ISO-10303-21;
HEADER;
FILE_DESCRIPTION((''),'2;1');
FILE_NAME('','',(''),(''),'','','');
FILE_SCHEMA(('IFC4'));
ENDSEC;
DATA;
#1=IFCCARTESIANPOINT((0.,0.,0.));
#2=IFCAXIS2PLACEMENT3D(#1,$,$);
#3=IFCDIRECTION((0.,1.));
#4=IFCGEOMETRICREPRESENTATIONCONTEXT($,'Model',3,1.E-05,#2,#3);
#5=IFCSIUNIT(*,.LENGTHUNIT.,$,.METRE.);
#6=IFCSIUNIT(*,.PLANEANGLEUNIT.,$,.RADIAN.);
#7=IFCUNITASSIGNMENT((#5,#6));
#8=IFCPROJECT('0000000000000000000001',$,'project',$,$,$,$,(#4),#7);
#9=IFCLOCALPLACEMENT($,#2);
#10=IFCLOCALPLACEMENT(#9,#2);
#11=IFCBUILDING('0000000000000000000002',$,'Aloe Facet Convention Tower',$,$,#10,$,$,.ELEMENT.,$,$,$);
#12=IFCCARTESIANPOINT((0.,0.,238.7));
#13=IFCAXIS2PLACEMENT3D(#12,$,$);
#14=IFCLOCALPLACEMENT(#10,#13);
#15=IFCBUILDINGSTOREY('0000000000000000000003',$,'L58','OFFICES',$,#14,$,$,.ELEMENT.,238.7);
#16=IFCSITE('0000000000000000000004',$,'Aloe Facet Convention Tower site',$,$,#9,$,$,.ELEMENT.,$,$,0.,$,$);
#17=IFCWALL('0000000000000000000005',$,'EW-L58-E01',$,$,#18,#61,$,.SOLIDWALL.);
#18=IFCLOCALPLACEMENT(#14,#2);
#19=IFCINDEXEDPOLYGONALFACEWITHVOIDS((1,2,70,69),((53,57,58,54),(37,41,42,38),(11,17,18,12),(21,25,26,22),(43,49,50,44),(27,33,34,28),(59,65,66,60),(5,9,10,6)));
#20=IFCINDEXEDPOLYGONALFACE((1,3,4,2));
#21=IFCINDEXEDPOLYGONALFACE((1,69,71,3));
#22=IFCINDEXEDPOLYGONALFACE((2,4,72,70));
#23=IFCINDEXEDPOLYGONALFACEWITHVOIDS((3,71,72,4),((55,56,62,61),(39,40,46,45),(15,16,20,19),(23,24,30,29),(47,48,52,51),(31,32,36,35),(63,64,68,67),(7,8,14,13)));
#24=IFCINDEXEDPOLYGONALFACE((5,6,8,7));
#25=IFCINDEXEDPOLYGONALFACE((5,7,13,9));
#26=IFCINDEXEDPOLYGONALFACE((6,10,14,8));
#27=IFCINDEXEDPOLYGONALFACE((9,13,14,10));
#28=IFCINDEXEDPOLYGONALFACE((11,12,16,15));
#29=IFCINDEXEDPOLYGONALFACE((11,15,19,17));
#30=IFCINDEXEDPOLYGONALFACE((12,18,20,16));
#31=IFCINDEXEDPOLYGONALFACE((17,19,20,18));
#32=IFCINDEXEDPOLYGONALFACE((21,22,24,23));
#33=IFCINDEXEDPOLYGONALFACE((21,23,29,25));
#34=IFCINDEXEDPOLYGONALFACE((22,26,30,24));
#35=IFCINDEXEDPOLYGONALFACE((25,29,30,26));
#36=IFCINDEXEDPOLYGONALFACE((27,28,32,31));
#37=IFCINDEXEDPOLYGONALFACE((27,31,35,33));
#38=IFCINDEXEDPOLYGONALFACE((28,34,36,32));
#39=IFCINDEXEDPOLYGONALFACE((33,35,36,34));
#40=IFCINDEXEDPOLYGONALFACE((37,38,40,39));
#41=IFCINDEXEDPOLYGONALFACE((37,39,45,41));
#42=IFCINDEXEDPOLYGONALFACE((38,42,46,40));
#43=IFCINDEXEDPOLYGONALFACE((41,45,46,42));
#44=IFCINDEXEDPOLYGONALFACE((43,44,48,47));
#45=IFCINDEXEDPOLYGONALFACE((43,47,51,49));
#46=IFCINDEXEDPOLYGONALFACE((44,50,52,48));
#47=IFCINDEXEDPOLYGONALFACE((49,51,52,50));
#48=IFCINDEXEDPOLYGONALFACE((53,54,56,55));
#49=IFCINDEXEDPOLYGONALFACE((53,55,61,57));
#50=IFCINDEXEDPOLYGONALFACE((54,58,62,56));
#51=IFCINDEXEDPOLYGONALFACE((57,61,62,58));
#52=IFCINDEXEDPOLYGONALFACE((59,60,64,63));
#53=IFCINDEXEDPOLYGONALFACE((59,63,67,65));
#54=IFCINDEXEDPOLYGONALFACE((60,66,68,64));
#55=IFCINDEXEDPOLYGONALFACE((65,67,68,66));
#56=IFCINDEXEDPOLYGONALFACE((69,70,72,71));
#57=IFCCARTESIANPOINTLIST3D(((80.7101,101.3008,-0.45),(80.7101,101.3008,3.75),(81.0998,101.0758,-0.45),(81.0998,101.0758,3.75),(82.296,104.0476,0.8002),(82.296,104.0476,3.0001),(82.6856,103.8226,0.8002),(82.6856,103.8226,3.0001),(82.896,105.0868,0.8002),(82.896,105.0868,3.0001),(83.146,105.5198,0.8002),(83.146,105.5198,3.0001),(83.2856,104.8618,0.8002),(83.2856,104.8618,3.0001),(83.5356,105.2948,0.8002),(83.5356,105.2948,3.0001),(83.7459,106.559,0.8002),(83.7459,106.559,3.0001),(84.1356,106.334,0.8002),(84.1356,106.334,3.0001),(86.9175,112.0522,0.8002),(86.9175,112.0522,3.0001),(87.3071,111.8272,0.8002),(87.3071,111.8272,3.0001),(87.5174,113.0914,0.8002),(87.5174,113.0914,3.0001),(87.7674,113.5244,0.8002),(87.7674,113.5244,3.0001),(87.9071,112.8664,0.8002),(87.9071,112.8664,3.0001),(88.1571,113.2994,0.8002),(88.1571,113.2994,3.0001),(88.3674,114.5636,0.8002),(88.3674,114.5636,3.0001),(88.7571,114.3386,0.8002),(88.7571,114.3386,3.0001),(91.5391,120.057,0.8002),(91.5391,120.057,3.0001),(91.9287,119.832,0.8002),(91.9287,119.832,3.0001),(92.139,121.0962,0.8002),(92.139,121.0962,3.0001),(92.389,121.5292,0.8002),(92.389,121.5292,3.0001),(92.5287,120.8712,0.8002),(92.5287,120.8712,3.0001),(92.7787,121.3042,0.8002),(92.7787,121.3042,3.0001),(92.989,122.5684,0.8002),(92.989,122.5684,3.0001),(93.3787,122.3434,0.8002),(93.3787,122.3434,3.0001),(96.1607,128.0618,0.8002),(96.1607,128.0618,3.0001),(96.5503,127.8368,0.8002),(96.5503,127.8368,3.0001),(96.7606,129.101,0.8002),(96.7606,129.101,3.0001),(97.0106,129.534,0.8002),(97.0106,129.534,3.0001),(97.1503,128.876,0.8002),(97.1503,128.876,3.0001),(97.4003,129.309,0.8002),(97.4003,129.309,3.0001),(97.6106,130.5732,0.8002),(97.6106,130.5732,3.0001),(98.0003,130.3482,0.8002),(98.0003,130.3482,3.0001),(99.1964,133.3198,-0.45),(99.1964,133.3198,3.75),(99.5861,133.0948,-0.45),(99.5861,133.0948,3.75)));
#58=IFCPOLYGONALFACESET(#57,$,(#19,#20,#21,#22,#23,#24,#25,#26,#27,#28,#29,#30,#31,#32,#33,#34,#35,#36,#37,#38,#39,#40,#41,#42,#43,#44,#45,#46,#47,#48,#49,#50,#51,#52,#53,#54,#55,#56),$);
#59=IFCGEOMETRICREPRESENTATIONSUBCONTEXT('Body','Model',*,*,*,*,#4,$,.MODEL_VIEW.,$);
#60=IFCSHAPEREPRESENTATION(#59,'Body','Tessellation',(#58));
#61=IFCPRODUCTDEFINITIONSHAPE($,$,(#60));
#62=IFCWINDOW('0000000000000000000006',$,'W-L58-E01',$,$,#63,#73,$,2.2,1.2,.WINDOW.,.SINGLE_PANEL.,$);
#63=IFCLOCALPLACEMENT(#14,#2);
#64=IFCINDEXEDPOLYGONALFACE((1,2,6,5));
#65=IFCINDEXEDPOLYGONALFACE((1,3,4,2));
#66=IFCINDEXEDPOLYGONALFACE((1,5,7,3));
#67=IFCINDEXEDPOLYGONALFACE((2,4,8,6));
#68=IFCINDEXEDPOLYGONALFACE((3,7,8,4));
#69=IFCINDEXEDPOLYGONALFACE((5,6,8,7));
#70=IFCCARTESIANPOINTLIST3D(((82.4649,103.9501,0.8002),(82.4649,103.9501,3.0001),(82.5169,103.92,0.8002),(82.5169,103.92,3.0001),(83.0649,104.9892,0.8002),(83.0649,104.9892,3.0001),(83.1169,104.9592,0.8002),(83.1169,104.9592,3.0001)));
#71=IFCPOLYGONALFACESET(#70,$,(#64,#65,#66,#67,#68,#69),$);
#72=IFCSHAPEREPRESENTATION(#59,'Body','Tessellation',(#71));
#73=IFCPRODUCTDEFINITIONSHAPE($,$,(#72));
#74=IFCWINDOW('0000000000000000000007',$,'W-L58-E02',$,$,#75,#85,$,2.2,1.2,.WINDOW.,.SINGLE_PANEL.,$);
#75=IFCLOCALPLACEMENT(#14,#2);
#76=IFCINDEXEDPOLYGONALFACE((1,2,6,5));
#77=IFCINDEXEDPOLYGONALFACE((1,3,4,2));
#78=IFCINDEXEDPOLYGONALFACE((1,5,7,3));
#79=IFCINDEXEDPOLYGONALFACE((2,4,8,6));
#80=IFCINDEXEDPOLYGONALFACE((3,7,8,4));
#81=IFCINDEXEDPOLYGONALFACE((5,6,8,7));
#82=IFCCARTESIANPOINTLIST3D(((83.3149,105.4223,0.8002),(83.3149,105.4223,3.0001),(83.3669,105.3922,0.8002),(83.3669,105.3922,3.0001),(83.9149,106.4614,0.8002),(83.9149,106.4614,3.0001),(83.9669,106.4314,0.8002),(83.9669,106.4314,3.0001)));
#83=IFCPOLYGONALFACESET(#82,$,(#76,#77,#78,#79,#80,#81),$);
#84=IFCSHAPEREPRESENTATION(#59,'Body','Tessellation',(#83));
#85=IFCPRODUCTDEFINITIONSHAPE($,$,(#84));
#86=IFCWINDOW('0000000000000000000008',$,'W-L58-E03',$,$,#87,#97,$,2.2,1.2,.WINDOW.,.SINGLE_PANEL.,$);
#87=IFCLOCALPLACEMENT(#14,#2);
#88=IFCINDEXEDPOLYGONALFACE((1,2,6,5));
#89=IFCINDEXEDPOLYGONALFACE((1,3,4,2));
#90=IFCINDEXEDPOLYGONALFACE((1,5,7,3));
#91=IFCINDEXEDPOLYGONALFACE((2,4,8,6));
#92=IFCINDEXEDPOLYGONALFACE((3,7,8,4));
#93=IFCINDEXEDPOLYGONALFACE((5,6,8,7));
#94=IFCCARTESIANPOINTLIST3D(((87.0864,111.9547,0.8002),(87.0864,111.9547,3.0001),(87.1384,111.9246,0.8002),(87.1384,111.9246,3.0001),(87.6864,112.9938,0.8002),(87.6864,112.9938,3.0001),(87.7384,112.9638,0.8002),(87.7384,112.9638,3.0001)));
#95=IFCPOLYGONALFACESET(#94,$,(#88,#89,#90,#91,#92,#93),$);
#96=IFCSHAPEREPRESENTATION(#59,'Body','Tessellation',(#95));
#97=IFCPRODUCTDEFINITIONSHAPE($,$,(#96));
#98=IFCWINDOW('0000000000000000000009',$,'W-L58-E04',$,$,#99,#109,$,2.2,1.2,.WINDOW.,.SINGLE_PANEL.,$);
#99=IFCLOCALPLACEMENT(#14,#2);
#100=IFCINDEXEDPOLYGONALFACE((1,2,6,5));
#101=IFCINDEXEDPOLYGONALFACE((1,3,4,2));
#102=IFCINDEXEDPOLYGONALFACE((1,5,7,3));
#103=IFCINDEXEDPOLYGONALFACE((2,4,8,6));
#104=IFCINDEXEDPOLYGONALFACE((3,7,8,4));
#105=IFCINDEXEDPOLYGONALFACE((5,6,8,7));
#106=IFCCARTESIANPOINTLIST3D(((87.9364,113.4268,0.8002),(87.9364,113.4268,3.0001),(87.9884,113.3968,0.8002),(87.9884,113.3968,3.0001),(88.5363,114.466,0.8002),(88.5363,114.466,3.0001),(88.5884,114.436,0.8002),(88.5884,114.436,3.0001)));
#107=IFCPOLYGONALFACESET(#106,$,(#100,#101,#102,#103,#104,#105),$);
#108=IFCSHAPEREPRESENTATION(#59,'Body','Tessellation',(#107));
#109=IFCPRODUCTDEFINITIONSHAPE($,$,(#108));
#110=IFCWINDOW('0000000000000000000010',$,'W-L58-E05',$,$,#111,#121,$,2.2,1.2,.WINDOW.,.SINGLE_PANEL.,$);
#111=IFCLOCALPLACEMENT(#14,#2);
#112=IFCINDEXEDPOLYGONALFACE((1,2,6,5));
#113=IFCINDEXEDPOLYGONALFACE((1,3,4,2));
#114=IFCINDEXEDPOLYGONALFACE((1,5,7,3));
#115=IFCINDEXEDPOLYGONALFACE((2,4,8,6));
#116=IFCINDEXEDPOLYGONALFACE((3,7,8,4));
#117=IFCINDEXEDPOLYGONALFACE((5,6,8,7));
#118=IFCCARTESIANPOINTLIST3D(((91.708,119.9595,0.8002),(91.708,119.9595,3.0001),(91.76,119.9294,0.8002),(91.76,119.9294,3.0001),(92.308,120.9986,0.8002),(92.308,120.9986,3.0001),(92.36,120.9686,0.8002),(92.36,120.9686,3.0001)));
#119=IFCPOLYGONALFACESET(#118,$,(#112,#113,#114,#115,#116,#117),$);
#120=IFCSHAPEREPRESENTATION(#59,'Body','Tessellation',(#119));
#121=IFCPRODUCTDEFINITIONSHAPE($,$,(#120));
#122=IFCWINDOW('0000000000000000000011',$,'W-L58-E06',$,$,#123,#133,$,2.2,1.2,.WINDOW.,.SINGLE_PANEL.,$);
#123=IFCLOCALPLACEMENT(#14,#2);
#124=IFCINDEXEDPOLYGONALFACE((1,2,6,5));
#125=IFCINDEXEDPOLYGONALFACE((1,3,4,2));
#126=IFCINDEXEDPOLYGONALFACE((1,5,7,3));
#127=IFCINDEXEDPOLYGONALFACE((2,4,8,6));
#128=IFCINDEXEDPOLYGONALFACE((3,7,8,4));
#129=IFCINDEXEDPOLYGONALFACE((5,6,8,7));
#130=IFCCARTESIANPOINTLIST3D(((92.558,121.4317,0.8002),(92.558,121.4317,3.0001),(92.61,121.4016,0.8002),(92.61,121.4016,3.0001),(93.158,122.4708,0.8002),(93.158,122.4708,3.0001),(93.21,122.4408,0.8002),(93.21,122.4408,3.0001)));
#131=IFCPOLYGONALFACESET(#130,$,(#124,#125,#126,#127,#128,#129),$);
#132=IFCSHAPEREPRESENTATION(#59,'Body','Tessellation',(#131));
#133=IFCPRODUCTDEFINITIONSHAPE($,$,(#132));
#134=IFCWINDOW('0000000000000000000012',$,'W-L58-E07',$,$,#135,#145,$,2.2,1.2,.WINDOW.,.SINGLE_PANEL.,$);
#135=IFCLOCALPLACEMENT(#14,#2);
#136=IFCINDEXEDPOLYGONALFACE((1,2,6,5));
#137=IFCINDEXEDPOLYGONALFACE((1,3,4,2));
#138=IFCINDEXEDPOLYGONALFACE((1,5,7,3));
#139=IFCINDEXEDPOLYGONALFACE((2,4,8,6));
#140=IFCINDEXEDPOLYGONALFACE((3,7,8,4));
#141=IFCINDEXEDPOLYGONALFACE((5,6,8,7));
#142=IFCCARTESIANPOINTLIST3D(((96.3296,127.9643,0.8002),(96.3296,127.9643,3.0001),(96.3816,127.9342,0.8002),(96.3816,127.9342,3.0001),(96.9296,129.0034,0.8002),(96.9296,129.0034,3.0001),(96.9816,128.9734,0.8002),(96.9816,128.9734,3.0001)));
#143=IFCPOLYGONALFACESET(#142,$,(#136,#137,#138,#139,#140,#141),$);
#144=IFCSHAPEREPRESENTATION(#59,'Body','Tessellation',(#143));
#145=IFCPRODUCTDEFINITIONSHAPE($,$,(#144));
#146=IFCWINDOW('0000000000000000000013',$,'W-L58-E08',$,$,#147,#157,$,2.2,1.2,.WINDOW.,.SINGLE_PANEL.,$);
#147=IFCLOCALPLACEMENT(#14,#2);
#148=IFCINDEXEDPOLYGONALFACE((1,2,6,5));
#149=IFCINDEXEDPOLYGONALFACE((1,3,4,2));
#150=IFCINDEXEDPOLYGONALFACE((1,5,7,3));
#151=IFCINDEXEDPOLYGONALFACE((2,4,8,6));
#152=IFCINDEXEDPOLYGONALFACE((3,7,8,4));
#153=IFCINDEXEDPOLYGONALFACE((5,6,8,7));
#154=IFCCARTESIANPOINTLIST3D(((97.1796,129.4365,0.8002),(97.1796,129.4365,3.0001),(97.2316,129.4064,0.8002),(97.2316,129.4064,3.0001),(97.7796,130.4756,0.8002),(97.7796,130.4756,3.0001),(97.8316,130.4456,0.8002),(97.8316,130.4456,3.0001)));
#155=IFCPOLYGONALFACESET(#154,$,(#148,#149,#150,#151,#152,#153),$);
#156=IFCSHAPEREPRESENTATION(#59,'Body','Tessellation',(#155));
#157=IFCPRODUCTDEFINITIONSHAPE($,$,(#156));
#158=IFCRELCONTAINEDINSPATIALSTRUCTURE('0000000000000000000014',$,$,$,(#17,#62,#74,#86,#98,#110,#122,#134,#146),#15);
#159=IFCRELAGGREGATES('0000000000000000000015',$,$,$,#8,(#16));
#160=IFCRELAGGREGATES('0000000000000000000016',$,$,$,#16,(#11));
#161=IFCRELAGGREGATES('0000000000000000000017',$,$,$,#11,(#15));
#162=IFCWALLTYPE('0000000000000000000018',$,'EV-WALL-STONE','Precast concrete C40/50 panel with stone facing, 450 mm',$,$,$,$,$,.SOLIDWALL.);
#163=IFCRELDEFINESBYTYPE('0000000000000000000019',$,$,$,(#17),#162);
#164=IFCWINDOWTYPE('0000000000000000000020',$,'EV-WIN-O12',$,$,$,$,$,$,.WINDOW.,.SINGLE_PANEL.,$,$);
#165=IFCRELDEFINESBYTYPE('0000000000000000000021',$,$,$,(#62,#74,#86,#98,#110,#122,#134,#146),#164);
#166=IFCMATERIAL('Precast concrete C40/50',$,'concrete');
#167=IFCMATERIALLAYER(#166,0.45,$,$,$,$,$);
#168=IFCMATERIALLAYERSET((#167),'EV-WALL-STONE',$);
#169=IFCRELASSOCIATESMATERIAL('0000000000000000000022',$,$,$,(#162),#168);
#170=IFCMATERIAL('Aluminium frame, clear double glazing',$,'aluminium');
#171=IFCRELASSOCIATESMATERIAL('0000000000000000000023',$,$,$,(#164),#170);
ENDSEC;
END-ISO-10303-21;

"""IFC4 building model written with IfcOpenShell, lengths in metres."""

from ifc_helpers import new_model, si_unit, direction, frame, frame_2d, origin, place, context, subcontext, project, spatial, polyline, rectangle, outline, extrude, material, layer, layer_set, type_object, element, fill, save


model = new_model("IFC4")

# Units and contexts
model_context = context("Model", 3, precision=1e-05, world=origin(), true_north=direction((0.0, 1.0)))
body_context = subcontext(model_context, "Body", "Model", "MODEL_VIEW")
ifc_project = project(units=[si_unit("LENGTHUNIT", "METRE"), si_unit("PLANEANGLEUNIT", "RADIAN")], contexts=[model_context])

# Site, building, storey
site_placement = place(None, origin())
site = spatial("IfcSite", under=ifc_project, at=site_placement, Name="Aloe Facet Convention Tower site", CompositionType="ELEMENT", RefElevation=0.0)
building_placement = place(site_placement, origin())
building = spatial("IfcBuilding", under=site, at=building_placement, Name="Aloe Facet Convention Tower", CompositionType="ELEMENT")
storey_placement = place(building_placement, frame((0.0, 0.0, 238.7)))
storey = spatial("IfcBuildingStorey", under=building, at=storey_placement, Name="L58", Description="OFFICES", CompositionType="ELEMENT", Elevation=238.7)

# Wall, openings, windows
ifc_material_1 = material(Name="Precast concrete C40/50", Category="concrete")
ifc_layer_1 = layer(ifc_material_1, 0.45)
ifc_layer_set_1 = layer_set([ifc_layer_1], Name="EV-WALL-STONE")
wall_type_1 = type_object("IfcWallType", Name="EV-WALL-STONE", Description="Precast concrete C40/50 panel with stone facing, 450 mm", PredefinedType="SOLIDWALL", material=ifc_layer_set_1)
wall_1_placement = place(storey_placement, frame((80.905, 101.1882, -0.45), z_axis=(0.0, 0.0, 1.0), x_axis=(0.500003, 0.866024, 0.0)))
wall_1 = element("IfcWall", 1, at=wall_1_placement, inside=storey, type_object=wall_type_1, Name="EW-L58-E01", PredefinedType="SOLIDWALL", context=body_context, shape_type="SweptSolid", body=[
    extrude(outline(polyline([(36.9724, 0.0), (36.9724, 4.2), (0.0, 4.2), (0.0, 0.0), (36.9724, 0.0)])), frame((0.0, 0.2251, 0.0), z_axis=(0.0, -1.0, 0.0), x_axis=(1.0, 0.0, 0.0)), (0.0, 0.0, 1.0), 0.45),
])
opening_1_placement = place(wall_1_placement, frame((3.1716, 0.0, 1.25)))
opening_1 = element("IfcOpeningElement", 2, at=opening_1_placement, cuts=wall_1, PredefinedType="OPENING", context=body_context, shape_type="SweptSolid", body=[
    extrude(rectangle(XDim=1.2, YDim=2.2, at=frame_2d((0.6001, 1.1001))), frame((0.0, 0.2349, 0.0), z_axis=(0.0, -1.0, 0.0), x_axis=(1.0, 0.0, 0.0)), (0.0, 0.0, 1.0), 0.47),
])
opening_2_placement = place(wall_1_placement, frame((4.8716, 0.0, 1.25)))
opening_2 = element("IfcOpeningElement", 3, at=opening_2_placement, cuts=wall_1, PredefinedType="OPENING", context=body_context, shape_type="SweptSolid", body=[
    extrude(rectangle(XDim=1.2, YDim=2.2, at=frame_2d((0.6001, 1.1001))), frame((0.0, 0.2349, 0.0), z_axis=(0.0, -1.0, 0.0), x_axis=(1.0, 0.0, 0.0)), (0.0, 0.0, 1.0), 0.47),
])
opening_3_placement = place(wall_1_placement, frame((12.4146, 0.0, 1.25)))
opening_3 = element("IfcOpeningElement", 4, at=opening_3_placement, cuts=wall_1, PredefinedType="OPENING", context=body_context, shape_type="SweptSolid", body=[
    extrude(rectangle(XDim=1.2, YDim=2.2, at=frame_2d((0.6001, 1.1001))), frame((0.0, 0.2349, 0.0), z_axis=(0.0, -1.0, 0.0), x_axis=(1.0, 0.0, 0.0)), (0.0, 0.0, 1.0), 0.47),
])
opening_4_placement = place(wall_1_placement, frame((14.1145, 0.0, 1.25)))
opening_4 = element("IfcOpeningElement", 5, at=opening_4_placement, cuts=wall_1, PredefinedType="OPENING", context=body_context, shape_type="SweptSolid", body=[
    extrude(rectangle(XDim=1.2, YDim=2.2, at=frame_2d((0.6001, 1.1001))), frame((0.0, 0.2349, 0.0), z_axis=(0.0, -1.0, 0.0), x_axis=(1.0, 0.0, 0.0)), (0.0, 0.0, 1.0), 0.47),
])
opening_5_placement = place(wall_1_placement, frame((21.6577, 0.0, 1.25)))
opening_5 = element("IfcOpeningElement", 6, at=opening_5_placement, cuts=wall_1, PredefinedType="OPENING", context=body_context, shape_type="SweptSolid", body=[
    extrude(rectangle(XDim=1.2, YDim=2.2, at=frame_2d((0.6001, 1.1001))), frame((0.0, 0.2349, 0.0), z_axis=(0.0, -1.0, 0.0), x_axis=(1.0, 0.0, 0.0)), (0.0, 0.0, 1.0), 0.47),
])
opening_6_placement = place(wall_1_placement, frame((23.3577, 0.0, 1.25)))
opening_6 = element("IfcOpeningElement", 7, at=opening_6_placement, cuts=wall_1, PredefinedType="OPENING", context=body_context, shape_type="SweptSolid", body=[
    extrude(rectangle(XDim=1.2, YDim=2.2, at=frame_2d((0.6001, 1.1001))), frame((0.0, 0.2349, 0.0), z_axis=(0.0, -1.0, 0.0), x_axis=(1.0, 0.0, 0.0)), (0.0, 0.0, 1.0), 0.47),
])
opening_7_placement = place(wall_1_placement, frame((30.9009, 0.0, 1.25)))
opening_7 = element("IfcOpeningElement", 8, at=opening_7_placement, cuts=wall_1, PredefinedType="OPENING", context=body_context, shape_type="SweptSolid", body=[
    extrude(rectangle(XDim=1.2, YDim=2.2, at=frame_2d((0.6001, 1.1001))), frame((0.0, 0.2349, 0.0), z_axis=(0.0, -1.0, 0.0), x_axis=(1.0, 0.0, 0.0)), (0.0, 0.0, 1.0), 0.47),
])
opening_8_placement = place(wall_1_placement, frame((32.6008, 0.0, 1.25)))
opening_8 = element("IfcOpeningElement", 9, at=opening_8_placement, cuts=wall_1, PredefinedType="OPENING", context=body_context, shape_type="SweptSolid", body=[
    extrude(rectangle(XDim=1.2, YDim=2.2, at=frame_2d((0.6001, 1.1001))), frame((0.0, 0.2349, 0.0), z_axis=(0.0, -1.0, 0.0), x_axis=(1.0, 0.0, 0.0)), (0.0, 0.0, 1.0), 0.47),
])
ifc_material_2 = material(Name="Aluminium frame, clear double glazing", Category="aluminium")
window_type = type_object("IfcWindowType", Name="EV-WIN-O12", PartitioningType="SINGLE_PANEL", PredefinedType="WINDOW", material=ifc_material_2)
window_1_placement = place(opening_1_placement, origin())
window_1 = element("IfcWindow", 10, at=window_1_placement, inside=storey, type_object=window_type, Name="W-L58-E01", OverallHeight=2.2, OverallWidth=1.2, PartitioningType="SINGLE_PANEL", PredefinedType="WINDOW", context=body_context, shape_type="SweptSolid", body=[
    extrude(rectangle(XDim=1.2, YDim=2.2, at=frame_2d((0.6001, 1.1001))), frame((0.0, 0.03, 0.0), z_axis=(0.0, -1.0, 0.0), x_axis=(1.0, 0.0, 0.0)), (0.0, 0.0, 1.0), 0.0601),
])
fill(opening_1, window_1)
window_2_placement = place(opening_2_placement, origin())
window_2 = element("IfcWindow", 11, at=window_2_placement, inside=storey, type_object=window_type, Name="W-L58-E02", OverallHeight=2.2, OverallWidth=1.2, PartitioningType="SINGLE_PANEL", PredefinedType="WINDOW", context=body_context, shape_type="SweptSolid", body=[
    extrude(rectangle(XDim=1.2, YDim=2.2, at=frame_2d((0.6001, 1.1001))), frame((0.0, 0.03, 0.0), z_axis=(0.0, -1.0, 0.0), x_axis=(1.0, 0.0, 0.0)), (0.0, 0.0, 1.0), 0.0601),
])
fill(opening_2, window_2)
window_3_placement = place(opening_3_placement, origin())
window_3 = element("IfcWindow", 12, at=window_3_placement, inside=storey, type_object=window_type, Name="W-L58-E03", OverallHeight=2.2, OverallWidth=1.2, PartitioningType="SINGLE_PANEL", PredefinedType="WINDOW", context=body_context, shape_type="SweptSolid", body=[
    extrude(rectangle(XDim=1.2, YDim=2.2, at=frame_2d((0.6001, 1.1001))), frame((0.0, 0.03, 0.0), z_axis=(0.0, -1.0, 0.0), x_axis=(1.0, 0.0, 0.0)), (0.0, 0.0, 1.0), 0.0601),
])
fill(opening_3, window_3)
window_4_placement = place(opening_4_placement, origin())
window_4 = element("IfcWindow", 13, at=window_4_placement, inside=storey, type_object=window_type, Name="W-L58-E04", OverallHeight=2.2, OverallWidth=1.2, PartitioningType="SINGLE_PANEL", PredefinedType="WINDOW", context=body_context, shape_type="SweptSolid", body=[
    extrude(rectangle(XDim=1.2, YDim=2.2, at=frame_2d((0.6001, 1.1001))), frame((0.0, 0.03, 0.0), z_axis=(0.0, -1.0, 0.0), x_axis=(1.0, 0.0, 0.0)), (0.0, 0.0, 1.0), 0.0601),
])
fill(opening_4, window_4)
window_5_placement = place(opening_5_placement, origin())
window_5 = element("IfcWindow", 14, at=window_5_placement, inside=storey, type_object=window_type, Name="W-L58-E05", OverallHeight=2.2, OverallWidth=1.2, PartitioningType="SINGLE_PANEL", PredefinedType="WINDOW", context=body_context, shape_type="SweptSolid", body=[
    extrude(rectangle(XDim=1.2, YDim=2.2, at=frame_2d((0.6001, 1.1001))), frame((0.0, 0.03, 0.0), z_axis=(0.0, -1.0, 0.0), x_axis=(1.0, 0.0, 0.0)), (0.0, 0.0, 1.0), 0.0601),
])
fill(opening_5, window_5)
window_6_placement = place(opening_6_placement, origin())
window_6 = element("IfcWindow", 15, at=window_6_placement, inside=storey, type_object=window_type, Name="W-L58-E06", OverallHeight=2.2, OverallWidth=1.2, PartitioningType="SINGLE_PANEL", PredefinedType="WINDOW", context=body_context, shape_type="SweptSolid", body=[
    extrude(rectangle(XDim=1.2, YDim=2.2, at=frame_2d((0.6001, 1.1001))), frame((0.0, 0.03, 0.0), z_axis=(0.0, -1.0, 0.0), x_axis=(1.0, 0.0, 0.0)), (0.0, 0.0, 1.0), 0.0601),
])
fill(opening_6, window_6)
window_7_placement = place(opening_7_placement, origin())
window_7 = element("IfcWindow", 16, at=window_7_placement, inside=storey, type_object=window_type, Name="W-L58-E07", OverallHeight=2.2, OverallWidth=1.2, PartitioningType="SINGLE_PANEL", PredefinedType="WINDOW", context=body_context, shape_type="SweptSolid", body=[
    extrude(rectangle(XDim=1.2, YDim=2.2, at=frame_2d((0.6001, 1.1001))), frame((0.0, 0.03, 0.0), z_axis=(0.0, -1.0, 0.0), x_axis=(1.0, 0.0, 0.0)), (0.0, 0.0, 1.0), 0.0601),
])
fill(opening_7, window_7)
window_8_placement = place(opening_8_placement, origin())
window_8 = element("IfcWindow", 17, at=window_8_placement, inside=storey, type_object=window_type, Name="W-L58-E08", OverallHeight=2.2, OverallWidth=1.2, PartitioningType="SINGLE_PANEL", PredefinedType="WINDOW", context=body_context, shape_type="SweptSolid", body=[
    extrude(rectangle(XDim=1.2, YDim=2.2, at=frame_2d((0.6001, 1.1001))), frame((0.0, 0.03, 0.0), z_axis=(0.0, -1.0, 0.0), x_axis=(1.0, 0.0, 0.0)), (0.0, 0.0, 1.0), 0.0601),
])
fill(opening_8, window_8)

save(model, "model.ifc")
